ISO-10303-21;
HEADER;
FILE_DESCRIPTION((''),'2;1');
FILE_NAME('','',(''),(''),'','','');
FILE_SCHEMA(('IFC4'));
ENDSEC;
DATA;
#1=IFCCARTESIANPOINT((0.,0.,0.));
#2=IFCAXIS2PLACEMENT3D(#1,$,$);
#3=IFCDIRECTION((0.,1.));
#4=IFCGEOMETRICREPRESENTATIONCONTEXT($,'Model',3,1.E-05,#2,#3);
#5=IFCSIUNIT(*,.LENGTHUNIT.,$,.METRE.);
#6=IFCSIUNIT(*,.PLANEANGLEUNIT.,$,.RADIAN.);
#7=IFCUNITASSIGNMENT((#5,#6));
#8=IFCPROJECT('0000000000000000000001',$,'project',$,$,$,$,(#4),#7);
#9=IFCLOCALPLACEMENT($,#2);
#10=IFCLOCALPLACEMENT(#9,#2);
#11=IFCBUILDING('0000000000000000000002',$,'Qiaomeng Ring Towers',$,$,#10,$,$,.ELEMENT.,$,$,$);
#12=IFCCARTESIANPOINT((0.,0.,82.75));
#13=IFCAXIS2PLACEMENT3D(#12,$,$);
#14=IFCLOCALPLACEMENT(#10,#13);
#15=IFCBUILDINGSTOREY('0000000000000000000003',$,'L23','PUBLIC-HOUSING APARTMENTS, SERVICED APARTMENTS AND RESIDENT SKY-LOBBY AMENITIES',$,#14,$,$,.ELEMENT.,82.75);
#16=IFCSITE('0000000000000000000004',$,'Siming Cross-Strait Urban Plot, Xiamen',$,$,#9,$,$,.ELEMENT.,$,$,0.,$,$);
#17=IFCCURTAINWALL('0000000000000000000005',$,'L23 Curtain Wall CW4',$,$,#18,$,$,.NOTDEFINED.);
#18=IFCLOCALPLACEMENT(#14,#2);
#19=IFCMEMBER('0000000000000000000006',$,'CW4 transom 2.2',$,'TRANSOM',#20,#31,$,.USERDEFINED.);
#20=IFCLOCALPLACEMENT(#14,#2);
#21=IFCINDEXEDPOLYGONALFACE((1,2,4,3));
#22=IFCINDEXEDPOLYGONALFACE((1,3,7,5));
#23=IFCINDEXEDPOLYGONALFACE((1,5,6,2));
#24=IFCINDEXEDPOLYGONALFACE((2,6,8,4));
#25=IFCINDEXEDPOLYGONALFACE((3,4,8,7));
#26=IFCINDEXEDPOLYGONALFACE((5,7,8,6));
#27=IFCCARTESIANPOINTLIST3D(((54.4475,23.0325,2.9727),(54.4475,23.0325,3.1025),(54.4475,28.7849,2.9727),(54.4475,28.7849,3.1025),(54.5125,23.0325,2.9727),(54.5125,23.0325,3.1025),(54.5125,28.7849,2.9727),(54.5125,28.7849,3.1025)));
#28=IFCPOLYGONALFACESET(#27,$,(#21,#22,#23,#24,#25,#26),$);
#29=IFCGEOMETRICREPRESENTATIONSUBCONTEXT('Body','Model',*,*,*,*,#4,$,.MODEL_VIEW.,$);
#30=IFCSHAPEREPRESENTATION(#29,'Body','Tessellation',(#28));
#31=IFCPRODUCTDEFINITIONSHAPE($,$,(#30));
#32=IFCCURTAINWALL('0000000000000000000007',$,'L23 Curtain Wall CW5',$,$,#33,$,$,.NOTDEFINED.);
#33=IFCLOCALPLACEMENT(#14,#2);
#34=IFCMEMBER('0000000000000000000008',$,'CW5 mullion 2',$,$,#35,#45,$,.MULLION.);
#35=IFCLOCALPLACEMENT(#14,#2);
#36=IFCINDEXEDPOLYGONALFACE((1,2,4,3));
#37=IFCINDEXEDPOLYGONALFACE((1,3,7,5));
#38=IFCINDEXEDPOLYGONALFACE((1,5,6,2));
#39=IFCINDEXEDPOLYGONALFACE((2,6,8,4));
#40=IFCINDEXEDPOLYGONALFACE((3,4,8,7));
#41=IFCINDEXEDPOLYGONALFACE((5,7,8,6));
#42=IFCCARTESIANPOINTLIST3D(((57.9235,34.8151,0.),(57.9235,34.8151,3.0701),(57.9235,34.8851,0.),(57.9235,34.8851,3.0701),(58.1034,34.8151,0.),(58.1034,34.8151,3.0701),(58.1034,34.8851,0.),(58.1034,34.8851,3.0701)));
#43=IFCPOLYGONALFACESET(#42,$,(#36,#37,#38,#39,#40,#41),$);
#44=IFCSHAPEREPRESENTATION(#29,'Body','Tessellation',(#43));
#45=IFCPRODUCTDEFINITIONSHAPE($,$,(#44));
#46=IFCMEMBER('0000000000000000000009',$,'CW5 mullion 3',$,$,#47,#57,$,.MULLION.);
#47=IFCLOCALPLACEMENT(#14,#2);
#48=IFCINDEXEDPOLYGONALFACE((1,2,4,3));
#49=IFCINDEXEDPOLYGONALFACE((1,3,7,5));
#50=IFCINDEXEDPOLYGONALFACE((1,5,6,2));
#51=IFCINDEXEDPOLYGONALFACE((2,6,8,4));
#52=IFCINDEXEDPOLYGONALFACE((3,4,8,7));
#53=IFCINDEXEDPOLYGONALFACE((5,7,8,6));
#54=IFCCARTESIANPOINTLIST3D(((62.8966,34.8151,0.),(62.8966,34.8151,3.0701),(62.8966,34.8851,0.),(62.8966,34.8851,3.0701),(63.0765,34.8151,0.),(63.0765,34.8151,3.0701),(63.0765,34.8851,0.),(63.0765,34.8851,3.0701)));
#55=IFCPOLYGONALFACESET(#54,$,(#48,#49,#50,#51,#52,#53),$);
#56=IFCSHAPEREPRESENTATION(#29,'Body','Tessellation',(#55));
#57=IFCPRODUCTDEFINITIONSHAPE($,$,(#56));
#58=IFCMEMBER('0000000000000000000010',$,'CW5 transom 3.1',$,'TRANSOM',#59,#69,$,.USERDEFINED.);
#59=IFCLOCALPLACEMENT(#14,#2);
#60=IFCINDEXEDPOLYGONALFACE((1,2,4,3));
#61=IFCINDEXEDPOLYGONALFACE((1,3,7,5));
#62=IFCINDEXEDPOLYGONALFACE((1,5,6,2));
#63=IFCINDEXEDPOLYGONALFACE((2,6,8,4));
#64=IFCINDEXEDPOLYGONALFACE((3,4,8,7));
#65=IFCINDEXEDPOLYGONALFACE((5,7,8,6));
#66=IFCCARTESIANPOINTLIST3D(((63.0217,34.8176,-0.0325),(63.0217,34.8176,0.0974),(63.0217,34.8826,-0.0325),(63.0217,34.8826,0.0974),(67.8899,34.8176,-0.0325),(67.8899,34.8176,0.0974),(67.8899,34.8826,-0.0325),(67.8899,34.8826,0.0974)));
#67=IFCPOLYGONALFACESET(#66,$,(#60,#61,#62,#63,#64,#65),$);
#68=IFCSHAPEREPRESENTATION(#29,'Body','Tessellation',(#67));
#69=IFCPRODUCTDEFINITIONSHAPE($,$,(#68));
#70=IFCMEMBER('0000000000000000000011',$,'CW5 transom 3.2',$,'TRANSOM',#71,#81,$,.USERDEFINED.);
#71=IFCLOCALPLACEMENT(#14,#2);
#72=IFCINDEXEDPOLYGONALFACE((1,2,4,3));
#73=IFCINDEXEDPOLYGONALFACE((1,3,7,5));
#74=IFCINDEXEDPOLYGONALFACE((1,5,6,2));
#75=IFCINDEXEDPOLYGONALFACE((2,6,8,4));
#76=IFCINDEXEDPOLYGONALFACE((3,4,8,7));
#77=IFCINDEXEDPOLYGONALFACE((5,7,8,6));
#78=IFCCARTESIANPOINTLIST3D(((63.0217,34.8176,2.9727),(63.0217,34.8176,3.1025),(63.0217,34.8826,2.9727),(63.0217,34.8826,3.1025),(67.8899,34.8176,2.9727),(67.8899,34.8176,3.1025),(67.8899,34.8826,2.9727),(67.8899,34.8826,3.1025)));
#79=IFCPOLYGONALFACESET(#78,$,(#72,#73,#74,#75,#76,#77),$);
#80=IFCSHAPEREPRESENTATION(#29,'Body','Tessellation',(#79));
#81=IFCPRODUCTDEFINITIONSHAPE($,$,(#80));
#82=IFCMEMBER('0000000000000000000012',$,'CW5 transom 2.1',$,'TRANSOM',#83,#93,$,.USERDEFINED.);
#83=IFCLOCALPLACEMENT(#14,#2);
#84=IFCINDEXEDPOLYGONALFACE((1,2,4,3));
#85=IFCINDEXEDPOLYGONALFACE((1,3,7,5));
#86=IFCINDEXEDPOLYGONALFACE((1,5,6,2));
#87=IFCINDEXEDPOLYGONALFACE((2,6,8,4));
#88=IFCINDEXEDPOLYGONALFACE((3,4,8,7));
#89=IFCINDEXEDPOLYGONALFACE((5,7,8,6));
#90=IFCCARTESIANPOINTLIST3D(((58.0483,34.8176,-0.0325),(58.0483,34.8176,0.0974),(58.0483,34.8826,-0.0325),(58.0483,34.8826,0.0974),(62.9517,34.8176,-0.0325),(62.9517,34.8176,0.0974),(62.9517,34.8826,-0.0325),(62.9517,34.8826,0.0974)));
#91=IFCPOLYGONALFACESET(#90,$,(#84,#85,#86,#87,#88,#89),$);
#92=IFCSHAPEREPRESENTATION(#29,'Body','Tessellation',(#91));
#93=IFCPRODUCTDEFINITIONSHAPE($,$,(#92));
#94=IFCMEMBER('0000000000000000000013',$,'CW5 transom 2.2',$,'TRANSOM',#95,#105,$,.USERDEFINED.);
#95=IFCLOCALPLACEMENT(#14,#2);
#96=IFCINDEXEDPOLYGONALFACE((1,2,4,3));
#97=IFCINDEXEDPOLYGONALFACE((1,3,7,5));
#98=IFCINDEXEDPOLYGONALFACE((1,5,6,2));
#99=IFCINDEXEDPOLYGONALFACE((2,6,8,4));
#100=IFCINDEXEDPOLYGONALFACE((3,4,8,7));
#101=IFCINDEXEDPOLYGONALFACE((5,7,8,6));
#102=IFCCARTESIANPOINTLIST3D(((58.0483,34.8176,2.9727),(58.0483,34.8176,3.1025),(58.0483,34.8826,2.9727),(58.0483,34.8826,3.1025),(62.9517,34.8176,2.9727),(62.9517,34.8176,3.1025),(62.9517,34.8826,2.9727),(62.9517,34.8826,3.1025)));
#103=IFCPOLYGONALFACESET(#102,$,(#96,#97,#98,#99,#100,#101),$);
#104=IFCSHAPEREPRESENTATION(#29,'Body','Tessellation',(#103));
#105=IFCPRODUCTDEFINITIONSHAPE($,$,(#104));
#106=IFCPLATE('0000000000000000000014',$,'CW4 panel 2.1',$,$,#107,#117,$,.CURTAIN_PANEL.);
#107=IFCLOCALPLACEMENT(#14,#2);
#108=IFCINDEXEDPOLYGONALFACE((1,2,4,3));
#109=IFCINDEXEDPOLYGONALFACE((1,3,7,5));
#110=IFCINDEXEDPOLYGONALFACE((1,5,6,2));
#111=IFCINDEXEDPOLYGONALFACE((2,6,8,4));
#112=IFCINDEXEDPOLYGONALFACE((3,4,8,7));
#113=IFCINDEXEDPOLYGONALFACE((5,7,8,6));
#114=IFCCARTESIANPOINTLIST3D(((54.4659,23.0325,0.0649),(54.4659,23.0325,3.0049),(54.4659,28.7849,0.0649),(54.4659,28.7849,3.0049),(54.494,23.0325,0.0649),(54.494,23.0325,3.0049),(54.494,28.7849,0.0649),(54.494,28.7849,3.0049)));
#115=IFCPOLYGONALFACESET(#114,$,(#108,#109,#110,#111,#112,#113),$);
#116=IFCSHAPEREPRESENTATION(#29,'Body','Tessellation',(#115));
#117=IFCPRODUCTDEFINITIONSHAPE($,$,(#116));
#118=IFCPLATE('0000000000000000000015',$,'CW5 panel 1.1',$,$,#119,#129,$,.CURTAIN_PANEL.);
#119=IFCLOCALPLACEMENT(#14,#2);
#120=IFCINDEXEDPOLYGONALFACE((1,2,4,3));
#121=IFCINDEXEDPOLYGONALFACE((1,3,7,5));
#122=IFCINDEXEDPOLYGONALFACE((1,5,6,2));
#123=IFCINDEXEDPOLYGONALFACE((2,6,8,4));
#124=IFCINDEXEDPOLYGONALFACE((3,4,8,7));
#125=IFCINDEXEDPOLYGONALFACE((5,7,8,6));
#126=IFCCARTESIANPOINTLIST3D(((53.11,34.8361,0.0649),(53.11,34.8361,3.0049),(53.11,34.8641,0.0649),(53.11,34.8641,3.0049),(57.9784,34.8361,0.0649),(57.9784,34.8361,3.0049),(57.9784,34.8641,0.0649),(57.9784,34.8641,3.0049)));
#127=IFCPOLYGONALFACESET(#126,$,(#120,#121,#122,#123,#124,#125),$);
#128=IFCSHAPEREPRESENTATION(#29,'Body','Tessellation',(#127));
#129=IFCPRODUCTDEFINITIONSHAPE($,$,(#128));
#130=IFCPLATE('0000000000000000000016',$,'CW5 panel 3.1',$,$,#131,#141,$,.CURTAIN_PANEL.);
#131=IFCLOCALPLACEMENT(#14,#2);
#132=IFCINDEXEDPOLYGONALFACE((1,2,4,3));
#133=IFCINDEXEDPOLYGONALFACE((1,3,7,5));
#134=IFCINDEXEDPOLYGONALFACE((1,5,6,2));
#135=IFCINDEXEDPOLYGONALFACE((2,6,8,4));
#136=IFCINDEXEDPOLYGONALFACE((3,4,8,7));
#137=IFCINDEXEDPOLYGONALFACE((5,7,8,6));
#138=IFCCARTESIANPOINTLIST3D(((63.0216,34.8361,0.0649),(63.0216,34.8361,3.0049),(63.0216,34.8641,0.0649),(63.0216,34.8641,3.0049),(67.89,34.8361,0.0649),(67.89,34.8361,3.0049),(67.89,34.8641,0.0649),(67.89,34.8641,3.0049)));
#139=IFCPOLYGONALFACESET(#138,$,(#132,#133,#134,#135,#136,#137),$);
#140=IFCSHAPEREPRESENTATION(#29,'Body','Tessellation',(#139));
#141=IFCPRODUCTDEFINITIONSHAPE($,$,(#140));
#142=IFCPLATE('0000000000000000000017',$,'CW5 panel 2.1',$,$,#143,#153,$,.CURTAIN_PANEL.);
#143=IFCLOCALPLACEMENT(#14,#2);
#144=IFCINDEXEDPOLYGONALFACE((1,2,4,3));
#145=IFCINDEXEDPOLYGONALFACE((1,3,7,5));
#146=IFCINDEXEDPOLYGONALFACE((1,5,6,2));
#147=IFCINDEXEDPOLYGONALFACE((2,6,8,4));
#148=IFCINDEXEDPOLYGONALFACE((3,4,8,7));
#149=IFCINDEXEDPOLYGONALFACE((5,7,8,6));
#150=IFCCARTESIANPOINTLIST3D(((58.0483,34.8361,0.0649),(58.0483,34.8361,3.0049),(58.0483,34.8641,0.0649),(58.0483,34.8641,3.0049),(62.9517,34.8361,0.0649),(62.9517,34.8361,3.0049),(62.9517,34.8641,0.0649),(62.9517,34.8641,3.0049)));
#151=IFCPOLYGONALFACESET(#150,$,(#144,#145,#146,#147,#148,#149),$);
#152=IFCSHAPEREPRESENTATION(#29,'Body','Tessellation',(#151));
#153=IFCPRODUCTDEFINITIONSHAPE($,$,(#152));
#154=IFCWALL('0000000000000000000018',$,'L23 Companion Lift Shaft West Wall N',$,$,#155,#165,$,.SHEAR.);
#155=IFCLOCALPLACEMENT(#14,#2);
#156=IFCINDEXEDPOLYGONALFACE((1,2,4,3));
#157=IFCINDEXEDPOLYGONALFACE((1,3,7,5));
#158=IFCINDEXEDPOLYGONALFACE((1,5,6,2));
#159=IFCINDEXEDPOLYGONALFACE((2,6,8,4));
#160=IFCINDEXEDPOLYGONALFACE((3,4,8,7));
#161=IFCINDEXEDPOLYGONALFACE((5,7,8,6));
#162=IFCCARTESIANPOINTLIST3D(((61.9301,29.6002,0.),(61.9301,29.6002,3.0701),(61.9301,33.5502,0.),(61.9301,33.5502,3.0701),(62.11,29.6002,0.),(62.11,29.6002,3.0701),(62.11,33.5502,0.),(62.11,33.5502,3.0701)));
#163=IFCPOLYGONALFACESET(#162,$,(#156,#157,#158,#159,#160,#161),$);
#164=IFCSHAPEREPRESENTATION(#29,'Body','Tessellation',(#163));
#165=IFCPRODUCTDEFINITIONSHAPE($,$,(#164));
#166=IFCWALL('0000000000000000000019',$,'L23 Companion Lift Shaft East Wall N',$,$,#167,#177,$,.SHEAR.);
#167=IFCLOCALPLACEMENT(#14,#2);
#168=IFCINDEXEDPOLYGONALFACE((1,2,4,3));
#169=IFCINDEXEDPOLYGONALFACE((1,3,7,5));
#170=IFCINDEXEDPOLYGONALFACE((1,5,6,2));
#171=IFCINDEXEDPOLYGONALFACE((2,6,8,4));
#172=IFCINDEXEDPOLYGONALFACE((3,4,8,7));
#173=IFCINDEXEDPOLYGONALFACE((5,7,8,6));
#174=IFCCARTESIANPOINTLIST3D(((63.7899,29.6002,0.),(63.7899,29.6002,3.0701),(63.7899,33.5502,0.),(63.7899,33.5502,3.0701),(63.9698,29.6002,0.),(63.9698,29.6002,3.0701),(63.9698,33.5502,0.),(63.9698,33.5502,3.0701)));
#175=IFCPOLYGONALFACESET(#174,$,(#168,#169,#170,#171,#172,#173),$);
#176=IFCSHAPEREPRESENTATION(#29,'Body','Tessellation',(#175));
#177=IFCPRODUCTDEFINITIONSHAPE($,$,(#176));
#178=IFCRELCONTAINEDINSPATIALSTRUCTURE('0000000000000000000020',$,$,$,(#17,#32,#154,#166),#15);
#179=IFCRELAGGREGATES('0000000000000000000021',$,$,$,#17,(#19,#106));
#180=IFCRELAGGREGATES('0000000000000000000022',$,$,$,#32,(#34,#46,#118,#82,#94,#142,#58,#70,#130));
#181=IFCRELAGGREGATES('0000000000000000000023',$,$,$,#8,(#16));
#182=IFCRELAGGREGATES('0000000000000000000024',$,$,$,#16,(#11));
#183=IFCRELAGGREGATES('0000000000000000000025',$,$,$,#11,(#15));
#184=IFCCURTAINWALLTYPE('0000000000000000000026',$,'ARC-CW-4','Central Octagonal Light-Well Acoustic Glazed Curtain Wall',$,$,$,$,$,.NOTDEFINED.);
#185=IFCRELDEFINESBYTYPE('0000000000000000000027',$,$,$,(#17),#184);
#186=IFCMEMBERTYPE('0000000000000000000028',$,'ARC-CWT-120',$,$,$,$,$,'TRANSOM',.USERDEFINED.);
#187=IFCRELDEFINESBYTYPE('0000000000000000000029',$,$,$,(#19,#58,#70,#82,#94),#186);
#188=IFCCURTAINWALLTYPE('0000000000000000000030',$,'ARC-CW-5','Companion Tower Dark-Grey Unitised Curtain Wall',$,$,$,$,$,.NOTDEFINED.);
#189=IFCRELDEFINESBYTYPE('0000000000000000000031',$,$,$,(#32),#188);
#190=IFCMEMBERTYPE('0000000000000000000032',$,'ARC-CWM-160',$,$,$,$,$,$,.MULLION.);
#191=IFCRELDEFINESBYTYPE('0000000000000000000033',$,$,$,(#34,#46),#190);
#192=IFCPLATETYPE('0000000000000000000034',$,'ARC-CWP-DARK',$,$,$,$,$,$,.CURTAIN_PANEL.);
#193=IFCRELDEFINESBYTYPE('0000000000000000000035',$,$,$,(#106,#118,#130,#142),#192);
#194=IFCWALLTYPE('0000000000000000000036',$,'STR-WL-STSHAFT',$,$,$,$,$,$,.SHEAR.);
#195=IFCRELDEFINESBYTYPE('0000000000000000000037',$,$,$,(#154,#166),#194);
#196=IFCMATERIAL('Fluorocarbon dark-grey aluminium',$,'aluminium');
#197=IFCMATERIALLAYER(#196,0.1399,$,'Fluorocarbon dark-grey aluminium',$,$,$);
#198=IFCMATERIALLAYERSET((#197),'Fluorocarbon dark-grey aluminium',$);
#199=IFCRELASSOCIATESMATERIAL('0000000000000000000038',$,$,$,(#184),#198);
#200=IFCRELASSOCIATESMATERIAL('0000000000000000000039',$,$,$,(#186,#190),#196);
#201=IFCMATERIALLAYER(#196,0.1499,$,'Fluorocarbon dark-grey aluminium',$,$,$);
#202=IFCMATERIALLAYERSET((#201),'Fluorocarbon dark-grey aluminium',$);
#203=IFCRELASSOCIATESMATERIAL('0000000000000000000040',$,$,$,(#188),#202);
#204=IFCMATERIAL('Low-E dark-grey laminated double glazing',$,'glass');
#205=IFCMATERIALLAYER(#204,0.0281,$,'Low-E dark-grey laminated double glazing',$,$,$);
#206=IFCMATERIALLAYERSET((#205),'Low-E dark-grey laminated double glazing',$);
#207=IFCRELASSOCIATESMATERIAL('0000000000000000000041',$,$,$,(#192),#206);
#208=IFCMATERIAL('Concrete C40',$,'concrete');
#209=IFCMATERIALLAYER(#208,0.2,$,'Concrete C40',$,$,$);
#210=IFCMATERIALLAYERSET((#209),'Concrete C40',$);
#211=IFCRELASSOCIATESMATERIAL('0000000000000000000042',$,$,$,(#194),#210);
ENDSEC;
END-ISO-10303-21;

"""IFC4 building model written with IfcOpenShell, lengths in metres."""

from ifc_helpers import new_model, si_unit, direction, frame, frame_2d, origin, origin_2d, place, context, subcontext, project, spatial, rectangle, extrude, source, transform, mapped, material, layer, layer_set, material_profile, profile_set, type_object, element, aggregate, save


model = new_model("IFC4")

# Units and contexts
model_context = context("Model", 3, precision=1e-05, world=origin(), true_north=direction((0.0, 1.0)))
body_context = subcontext(model_context, "Body", "Model", "MODEL_VIEW")
ifc_project = project(units=[si_unit("LENGTHUNIT", "METRE"), si_unit("PLANEANGLEUNIT", "RADIAN")], contexts=[model_context])

# Site, building, storey
site_placement = place(None, origin())
site = spatial("IfcSite", under=ifc_project, at=site_placement, Name="Siming Cross-Strait Urban Plot, Xiamen", CompositionType="ELEMENT", RefElevation=0.0)
building_placement = place(site_placement, origin())
building = spatial("IfcBuilding", under=site, at=building_placement, Name="Qiaomeng Ring Towers", CompositionType="ELEMENT")
storey_placement = place(building_placement, frame((0.0, 0.0, 82.75)))
storey = spatial("IfcBuildingStorey", under=building, at=storey_placement, Name="L23", Description="PUBLIC-HOUSING APARTMENTS, SERVICED APARTMENTS AND RESIDENT SKY-LOBBY AMENITIES", CompositionType="ELEMENT", Elevation=82.75)

# Curtain wall, member
ifc_material_1 = material(Name="Fluorocarbon dark-grey aluminium", Category="aluminium")
ifc_layer_1 = layer(ifc_material_1, 0.1399, Name="Fluorocarbon dark-grey aluminium")
ifc_layer_set_1 = layer_set([ifc_layer_1], Name="Fluorocarbon dark-grey aluminium")
curtain_wall_type_1 = type_object("IfcCurtainWallType", Name="ARC-CW-4", Description="Central Octagonal Light-Well Acoustic Glazed Curtain Wall", PredefinedType="NOTDEFINED", material=ifc_layer_set_1)
curtain_wall_1_placement = place(storey_placement, origin())
curtain_wall_1 = element("IfcCurtainWall", 1, at=curtain_wall_1_placement, inside=storey, type_object=curtain_wall_type_1, Name="L23 Curtain Wall CW4", PredefinedType="NOTDEFINED")
ifc_material_profile_1 = material_profile(ifc_material_1, rectangle(XDim=0.0649, YDim=0.1299, at=origin_2d()), Name="ALU TRAN 65x130")
ifc_profile_set_1 = profile_set([ifc_material_profile_1], Name="Fluorocarbon dark-grey aluminium")
member_type_1 = type_object("IfcMemberType", Name="ARC-CWT-120", ElementType="TRANSOM", PredefinedType="USERDEFINED", material=ifc_profile_set_1)
shared_shape_1 = source(origin(), body_context, "Body", "SweptSolid", [
    extrude(rectangle(XDim=0.0649, YDim=0.1299, at=origin_2d()), origin(), (0.0, 0.0, 1.0), 5.7524),
])
member_1_placement = place(storey_placement, frame((54.48, 23.0325, 3.0376), z_axis=(0.0, 1.0, 0.0), x_axis=(-1.0, 0.0, 0.0)))
member_1 = element("IfcMember", 2, at=member_1_placement, type_object=member_type_1, Name="CW4 transom 2.2", ObjectType="TRANSOM", PredefinedType="USERDEFINED", context=body_context, shape_type="MappedRepresentation", body=[
    mapped(shared_shape_1, transform((0.0, 0.0, 0.0), x_axis=(1.0, 0.0, 0.0), y_axis=(0.0, 1.0, 0.0), z_axis=(0.0, 0.0, 1.0), scale=1.0)),
])

# Curtain wall, members
ifc_layer_2 = layer(ifc_material_1, 0.1499, Name="Fluorocarbon dark-grey aluminium")
ifc_layer_set_2 = layer_set([ifc_layer_2], Name="Fluorocarbon dark-grey aluminium")
curtain_wall_type_2 = type_object("IfcCurtainWallType", Name="ARC-CW-5", Description="Companion Tower Dark-Grey Unitised Curtain Wall", PredefinedType="NOTDEFINED", material=ifc_layer_set_2)
curtain_wall_2_placement = place(storey_placement, origin())
curtain_wall_2 = element("IfcCurtainWall", 3, at=curtain_wall_2_placement, inside=storey, type_object=curtain_wall_type_2, Name="L23 Curtain Wall CW5", PredefinedType="NOTDEFINED")
ifc_material_profile_2 = material_profile(ifc_material_1, rectangle(XDim=0.0701, YDim=0.1799, at=origin_2d()), Name="ALU MULL 70x180")
ifc_profile_set_2 = profile_set([ifc_material_profile_2], Name="Fluorocarbon dark-grey aluminium")
member_type_2 = type_object("IfcMemberType", Name="ARC-CWM-160", PredefinedType="MULLION", material=ifc_profile_set_2)
shared_shape_2 = source(origin(), body_context, "Body", "SweptSolid", [
    extrude(rectangle(XDim=0.0701, YDim=0.1799, at=origin_2d()), origin(), (0.0, 0.0, 1.0), 3.0701),
])
member_2_placement = place(storey_placement, frame((58.0134, 34.8501, 0.0), z_axis=(0.0, 0.0, 1.0), x_axis=(0.0, 1.0, 0.0)))
member_2 = element("IfcMember", 4, at=member_2_placement, type_object=member_type_2, Name="CW5 mullion 2", PredefinedType="MULLION", context=body_context, shape_type="MappedRepresentation", body=[
    mapped(shared_shape_2, transform((0.0, 0.0, 0.0), x_axis=(1.0, 0.0, 0.0), y_axis=(0.0, 1.0, 0.0), z_axis=(0.0, 0.0, 1.0), scale=1.0)),
])
member_3_placement = place(storey_placement, frame((62.9866, 34.8501, 0.0), z_axis=(0.0, 0.0, 1.0), x_axis=(0.0, 1.0, 0.0)))
member_3 = element("IfcMember", 5, at=member_3_placement, type_object=member_type_2, Name="CW5 mullion 3", PredefinedType="MULLION", context=body_context, shape_type="MappedRepresentation", body=[
    mapped(shared_shape_2, transform((0.0, 0.0, 0.0), x_axis=(1.0, 0.0, 0.0), y_axis=(0.0, 1.0, 0.0), z_axis=(0.0, 0.0, 1.0), scale=1.0)),
])
shared_shape_3 = source(origin(), body_context, "Body", "SweptSolid", [
    extrude(rectangle(XDim=0.0649, YDim=0.1299, at=origin_2d()), origin(), (0.0, 0.0, 1.0), 4.8682),
])
member_4_placement = place(storey_placement, frame((63.0217, 34.8501, 0.0325), z_axis=(1.0, 0.0, 0.0), x_axis=(0.0, 1.0, 0.0)))
member_4 = element("IfcMember", 6, at=member_4_placement, type_object=member_type_1, Name="CW5 transom 3.1", ObjectType="TRANSOM", PredefinedType="USERDEFINED", context=body_context, shape_type="MappedRepresentation", body=[
    mapped(shared_shape_3, transform((0.0, 0.0, 0.0), x_axis=(1.0, 0.0, 0.0), y_axis=(0.0, 1.0, 0.0), z_axis=(0.0, 0.0, 1.0), scale=1.0)),
])
member_5_placement = place(storey_placement, frame((63.0217, 34.8501, 3.0376), z_axis=(1.0, 0.0, 0.0), x_axis=(0.0, 1.0, 0.0)))
member_5 = element("IfcMember", 7, at=member_5_placement, type_object=member_type_1, Name="CW5 transom 3.2", ObjectType="TRANSOM", PredefinedType="USERDEFINED", context=body_context, shape_type="MappedRepresentation", body=[
    mapped(shared_shape_3, transform((0.0, 0.0, 0.0), x_axis=(1.0, 0.0, 0.0), y_axis=(0.0, 1.0, 0.0), z_axis=(0.0, 0.0, 1.0), scale=1.0)),
])
shared_shape_4 = source(origin(), body_context, "Body", "SweptSolid", [
    extrude(rectangle(XDim=0.0649, YDim=0.1299, at=origin_2d()), origin(), (0.0, 0.0, 1.0), 4.9033),
])
member_6_placement = place(storey_placement, frame((58.0483, 34.8501, 0.0325), z_axis=(1.0, 0.0, 0.0), x_axis=(0.0, 1.0, 0.0)))
member_6 = element("IfcMember", 8, at=member_6_placement, type_object=member_type_1, Name="CW5 transom 2.1", ObjectType="TRANSOM", PredefinedType="USERDEFINED", context=body_context, shape_type="MappedRepresentation", body=[
    mapped(shared_shape_4, transform((0.0, 0.0, 0.0), x_axis=(1.0, 0.0, 0.0), y_axis=(0.0, 1.0, 0.0), z_axis=(0.0, 0.0, 1.0), scale=1.0)),
])
member_7_placement = place(storey_placement, frame((58.0483, 34.8501, 3.0376), z_axis=(1.0, 0.0, 0.0), x_axis=(0.0, 1.0, 0.0)))
member_7 = element("IfcMember", 9, at=member_7_placement, type_object=member_type_1, Name="CW5 transom 2.2", ObjectType="TRANSOM", PredefinedType="USERDEFINED", context=body_context, shape_type="MappedRepresentation", body=[
    mapped(shared_shape_4, transform((0.0, 0.0, 0.0), x_axis=(1.0, 0.0, 0.0), y_axis=(0.0, 1.0, 0.0), z_axis=(0.0, 0.0, 1.0), scale=1.0)),
])

# Plates
ifc_material_2 = material(Name="Low-E dark-grey laminated double glazing", Category="glass")
ifc_layer_3 = layer(ifc_material_2, 0.0281, Name="Low-E dark-grey laminated double glazing")
ifc_layer_set_3 = layer_set([ifc_layer_3], Name="Low-E dark-grey laminated double glazing")
plate_type = type_object("IfcPlateType", Name="ARC-CWP-DARK", PredefinedType="CURTAIN_PANEL", material=ifc_layer_set_3)
shared_shape_5 = source(origin(), body_context, "Body", "SweptSolid", [
    extrude(rectangle(XDim=5.7524, YDim=0.0281, at=origin_2d()), origin(), (0.0, 0.0, 1.0), 2.9399),
])
plate_1_placement = place(storey_placement, frame((54.48, 25.9087, 0.0649), z_axis=(0.0, 0.0, 1.0), x_axis=(0.0, 1.0, 0.0)))
plate_1 = element("IfcPlate", 10, at=plate_1_placement, type_object=plate_type, Name="CW4 panel 2.1", PredefinedType="CURTAIN_PANEL", context=body_context, shape_type="MappedRepresentation", body=[
    mapped(shared_shape_5, transform((0.0, 0.0, 0.0), x_axis=(1.0, 0.0, 0.0), y_axis=(0.0, 1.0, 0.0), z_axis=(0.0, 0.0, 1.0), scale=1.0)),
])
aggregate(curtain_wall_1, [member_1, plate_1])
shared_shape_6 = source(origin(), body_context, "Body", "SweptSolid", [
    extrude(rectangle(XDim=4.8684, YDim=0.0281, at=origin_2d()), origin(), (0.0, 0.0, 1.0), 2.9399),
])
plate_2_placement = place(storey_placement, frame((55.5442, 34.8501, 0.0649), z_axis=(0.0, 0.0, 1.0), x_axis=(1.0, 0.0, 0.0)))
plate_2 = element("IfcPlate", 11, at=plate_2_placement, type_object=plate_type, Name="CW5 panel 1.1", PredefinedType="CURTAIN_PANEL", context=body_context, shape_type="MappedRepresentation", body=[
    mapped(shared_shape_6, transform((0.0, 0.0, 0.0), x_axis=(1.0, 0.0, 0.0), y_axis=(0.0, 1.0, 0.0), z_axis=(0.0, 0.0, 1.0), scale=1.0)),
])
plate_3_placement = place(storey_placement, frame((65.4558, 34.8501, 0.0649), z_axis=(0.0, 0.0, 1.0), x_axis=(1.0, 0.0, 0.0)))
plate_3 = element("IfcPlate", 12, at=plate_3_placement, type_object=plate_type, Name="CW5 panel 3.1", PredefinedType="CURTAIN_PANEL", context=body_context, shape_type="MappedRepresentation", body=[
    mapped(shared_shape_6, transform((0.0, 0.0, 0.0), x_axis=(1.0, 0.0, 0.0), y_axis=(0.0, 1.0, 0.0), z_axis=(0.0, 0.0, 1.0), scale=1.0)),
])
shared_shape_7 = source(origin(), body_context, "Body", "SweptSolid", [
    extrude(rectangle(XDim=4.9033, YDim=0.0281, at=origin_2d()), origin(), (0.0, 0.0, 1.0), 2.9399),
])
plate_4_placement = place(storey_placement, frame((60.5, 34.8501, 0.0649), z_axis=(0.0, 0.0, 1.0), x_axis=(1.0, 0.0, 0.0)))
plate_4 = element("IfcPlate", 13, at=plate_4_placement, type_object=plate_type, Name="CW5 panel 2.1", PredefinedType="CURTAIN_PANEL", context=body_context, shape_type="MappedRepresentation", body=[
    mapped(shared_shape_7, transform((0.0, 0.0, 0.0), x_axis=(1.0, 0.0, 0.0), y_axis=(0.0, 1.0, 0.0), z_axis=(0.0, 0.0, 1.0), scale=1.0)),
])
aggregate(curtain_wall_2, [member_2, member_3, plate_2, member_6, member_7, plate_4, member_4, member_5, plate_3])

# Walls
ifc_material_3 = material(Name="Concrete C40", Category="concrete")
ifc_layer_4 = layer(ifc_material_3, 0.2, Name="Concrete C40")
ifc_layer_set_4 = layer_set([ifc_layer_4], Name="Concrete C40")
wall_type_1 = type_object("IfcWallType", Name="STR-WL-STSHAFT", PredefinedType="SHEAR", material=ifc_layer_set_4)
for number, where, z_axis, x_axis, name in (
    (14, (62.02, 29.6001, 0.0), (0.0, 0.0, 1.0), (0.0, 1.0, 0.0), "L23 Companion Lift Shaft West Wall N"),
    (15, (63.8799, 29.6001, 0.0), (0.0, 0.0, 1.0), (0.0, 1.0, 0.0), "L23 Companion Lift Shaft East Wall N"),
):
    element("IfcWall", number, at=place(storey_placement, frame(where, z_axis=z_axis, x_axis=x_axis)), inside=storey, type_object=wall_type_1, Name=name, PredefinedType="SHEAR", context=body_context, shape_type="SweptSolid", body=[
        extrude(rectangle(XDim=3.95, YDim=0.1799, at=frame_2d((1.9751, 0.0))), origin(), (0.0, 0.0, 1.0), 3.0701),
    ])

save(model, "model.ifc")
